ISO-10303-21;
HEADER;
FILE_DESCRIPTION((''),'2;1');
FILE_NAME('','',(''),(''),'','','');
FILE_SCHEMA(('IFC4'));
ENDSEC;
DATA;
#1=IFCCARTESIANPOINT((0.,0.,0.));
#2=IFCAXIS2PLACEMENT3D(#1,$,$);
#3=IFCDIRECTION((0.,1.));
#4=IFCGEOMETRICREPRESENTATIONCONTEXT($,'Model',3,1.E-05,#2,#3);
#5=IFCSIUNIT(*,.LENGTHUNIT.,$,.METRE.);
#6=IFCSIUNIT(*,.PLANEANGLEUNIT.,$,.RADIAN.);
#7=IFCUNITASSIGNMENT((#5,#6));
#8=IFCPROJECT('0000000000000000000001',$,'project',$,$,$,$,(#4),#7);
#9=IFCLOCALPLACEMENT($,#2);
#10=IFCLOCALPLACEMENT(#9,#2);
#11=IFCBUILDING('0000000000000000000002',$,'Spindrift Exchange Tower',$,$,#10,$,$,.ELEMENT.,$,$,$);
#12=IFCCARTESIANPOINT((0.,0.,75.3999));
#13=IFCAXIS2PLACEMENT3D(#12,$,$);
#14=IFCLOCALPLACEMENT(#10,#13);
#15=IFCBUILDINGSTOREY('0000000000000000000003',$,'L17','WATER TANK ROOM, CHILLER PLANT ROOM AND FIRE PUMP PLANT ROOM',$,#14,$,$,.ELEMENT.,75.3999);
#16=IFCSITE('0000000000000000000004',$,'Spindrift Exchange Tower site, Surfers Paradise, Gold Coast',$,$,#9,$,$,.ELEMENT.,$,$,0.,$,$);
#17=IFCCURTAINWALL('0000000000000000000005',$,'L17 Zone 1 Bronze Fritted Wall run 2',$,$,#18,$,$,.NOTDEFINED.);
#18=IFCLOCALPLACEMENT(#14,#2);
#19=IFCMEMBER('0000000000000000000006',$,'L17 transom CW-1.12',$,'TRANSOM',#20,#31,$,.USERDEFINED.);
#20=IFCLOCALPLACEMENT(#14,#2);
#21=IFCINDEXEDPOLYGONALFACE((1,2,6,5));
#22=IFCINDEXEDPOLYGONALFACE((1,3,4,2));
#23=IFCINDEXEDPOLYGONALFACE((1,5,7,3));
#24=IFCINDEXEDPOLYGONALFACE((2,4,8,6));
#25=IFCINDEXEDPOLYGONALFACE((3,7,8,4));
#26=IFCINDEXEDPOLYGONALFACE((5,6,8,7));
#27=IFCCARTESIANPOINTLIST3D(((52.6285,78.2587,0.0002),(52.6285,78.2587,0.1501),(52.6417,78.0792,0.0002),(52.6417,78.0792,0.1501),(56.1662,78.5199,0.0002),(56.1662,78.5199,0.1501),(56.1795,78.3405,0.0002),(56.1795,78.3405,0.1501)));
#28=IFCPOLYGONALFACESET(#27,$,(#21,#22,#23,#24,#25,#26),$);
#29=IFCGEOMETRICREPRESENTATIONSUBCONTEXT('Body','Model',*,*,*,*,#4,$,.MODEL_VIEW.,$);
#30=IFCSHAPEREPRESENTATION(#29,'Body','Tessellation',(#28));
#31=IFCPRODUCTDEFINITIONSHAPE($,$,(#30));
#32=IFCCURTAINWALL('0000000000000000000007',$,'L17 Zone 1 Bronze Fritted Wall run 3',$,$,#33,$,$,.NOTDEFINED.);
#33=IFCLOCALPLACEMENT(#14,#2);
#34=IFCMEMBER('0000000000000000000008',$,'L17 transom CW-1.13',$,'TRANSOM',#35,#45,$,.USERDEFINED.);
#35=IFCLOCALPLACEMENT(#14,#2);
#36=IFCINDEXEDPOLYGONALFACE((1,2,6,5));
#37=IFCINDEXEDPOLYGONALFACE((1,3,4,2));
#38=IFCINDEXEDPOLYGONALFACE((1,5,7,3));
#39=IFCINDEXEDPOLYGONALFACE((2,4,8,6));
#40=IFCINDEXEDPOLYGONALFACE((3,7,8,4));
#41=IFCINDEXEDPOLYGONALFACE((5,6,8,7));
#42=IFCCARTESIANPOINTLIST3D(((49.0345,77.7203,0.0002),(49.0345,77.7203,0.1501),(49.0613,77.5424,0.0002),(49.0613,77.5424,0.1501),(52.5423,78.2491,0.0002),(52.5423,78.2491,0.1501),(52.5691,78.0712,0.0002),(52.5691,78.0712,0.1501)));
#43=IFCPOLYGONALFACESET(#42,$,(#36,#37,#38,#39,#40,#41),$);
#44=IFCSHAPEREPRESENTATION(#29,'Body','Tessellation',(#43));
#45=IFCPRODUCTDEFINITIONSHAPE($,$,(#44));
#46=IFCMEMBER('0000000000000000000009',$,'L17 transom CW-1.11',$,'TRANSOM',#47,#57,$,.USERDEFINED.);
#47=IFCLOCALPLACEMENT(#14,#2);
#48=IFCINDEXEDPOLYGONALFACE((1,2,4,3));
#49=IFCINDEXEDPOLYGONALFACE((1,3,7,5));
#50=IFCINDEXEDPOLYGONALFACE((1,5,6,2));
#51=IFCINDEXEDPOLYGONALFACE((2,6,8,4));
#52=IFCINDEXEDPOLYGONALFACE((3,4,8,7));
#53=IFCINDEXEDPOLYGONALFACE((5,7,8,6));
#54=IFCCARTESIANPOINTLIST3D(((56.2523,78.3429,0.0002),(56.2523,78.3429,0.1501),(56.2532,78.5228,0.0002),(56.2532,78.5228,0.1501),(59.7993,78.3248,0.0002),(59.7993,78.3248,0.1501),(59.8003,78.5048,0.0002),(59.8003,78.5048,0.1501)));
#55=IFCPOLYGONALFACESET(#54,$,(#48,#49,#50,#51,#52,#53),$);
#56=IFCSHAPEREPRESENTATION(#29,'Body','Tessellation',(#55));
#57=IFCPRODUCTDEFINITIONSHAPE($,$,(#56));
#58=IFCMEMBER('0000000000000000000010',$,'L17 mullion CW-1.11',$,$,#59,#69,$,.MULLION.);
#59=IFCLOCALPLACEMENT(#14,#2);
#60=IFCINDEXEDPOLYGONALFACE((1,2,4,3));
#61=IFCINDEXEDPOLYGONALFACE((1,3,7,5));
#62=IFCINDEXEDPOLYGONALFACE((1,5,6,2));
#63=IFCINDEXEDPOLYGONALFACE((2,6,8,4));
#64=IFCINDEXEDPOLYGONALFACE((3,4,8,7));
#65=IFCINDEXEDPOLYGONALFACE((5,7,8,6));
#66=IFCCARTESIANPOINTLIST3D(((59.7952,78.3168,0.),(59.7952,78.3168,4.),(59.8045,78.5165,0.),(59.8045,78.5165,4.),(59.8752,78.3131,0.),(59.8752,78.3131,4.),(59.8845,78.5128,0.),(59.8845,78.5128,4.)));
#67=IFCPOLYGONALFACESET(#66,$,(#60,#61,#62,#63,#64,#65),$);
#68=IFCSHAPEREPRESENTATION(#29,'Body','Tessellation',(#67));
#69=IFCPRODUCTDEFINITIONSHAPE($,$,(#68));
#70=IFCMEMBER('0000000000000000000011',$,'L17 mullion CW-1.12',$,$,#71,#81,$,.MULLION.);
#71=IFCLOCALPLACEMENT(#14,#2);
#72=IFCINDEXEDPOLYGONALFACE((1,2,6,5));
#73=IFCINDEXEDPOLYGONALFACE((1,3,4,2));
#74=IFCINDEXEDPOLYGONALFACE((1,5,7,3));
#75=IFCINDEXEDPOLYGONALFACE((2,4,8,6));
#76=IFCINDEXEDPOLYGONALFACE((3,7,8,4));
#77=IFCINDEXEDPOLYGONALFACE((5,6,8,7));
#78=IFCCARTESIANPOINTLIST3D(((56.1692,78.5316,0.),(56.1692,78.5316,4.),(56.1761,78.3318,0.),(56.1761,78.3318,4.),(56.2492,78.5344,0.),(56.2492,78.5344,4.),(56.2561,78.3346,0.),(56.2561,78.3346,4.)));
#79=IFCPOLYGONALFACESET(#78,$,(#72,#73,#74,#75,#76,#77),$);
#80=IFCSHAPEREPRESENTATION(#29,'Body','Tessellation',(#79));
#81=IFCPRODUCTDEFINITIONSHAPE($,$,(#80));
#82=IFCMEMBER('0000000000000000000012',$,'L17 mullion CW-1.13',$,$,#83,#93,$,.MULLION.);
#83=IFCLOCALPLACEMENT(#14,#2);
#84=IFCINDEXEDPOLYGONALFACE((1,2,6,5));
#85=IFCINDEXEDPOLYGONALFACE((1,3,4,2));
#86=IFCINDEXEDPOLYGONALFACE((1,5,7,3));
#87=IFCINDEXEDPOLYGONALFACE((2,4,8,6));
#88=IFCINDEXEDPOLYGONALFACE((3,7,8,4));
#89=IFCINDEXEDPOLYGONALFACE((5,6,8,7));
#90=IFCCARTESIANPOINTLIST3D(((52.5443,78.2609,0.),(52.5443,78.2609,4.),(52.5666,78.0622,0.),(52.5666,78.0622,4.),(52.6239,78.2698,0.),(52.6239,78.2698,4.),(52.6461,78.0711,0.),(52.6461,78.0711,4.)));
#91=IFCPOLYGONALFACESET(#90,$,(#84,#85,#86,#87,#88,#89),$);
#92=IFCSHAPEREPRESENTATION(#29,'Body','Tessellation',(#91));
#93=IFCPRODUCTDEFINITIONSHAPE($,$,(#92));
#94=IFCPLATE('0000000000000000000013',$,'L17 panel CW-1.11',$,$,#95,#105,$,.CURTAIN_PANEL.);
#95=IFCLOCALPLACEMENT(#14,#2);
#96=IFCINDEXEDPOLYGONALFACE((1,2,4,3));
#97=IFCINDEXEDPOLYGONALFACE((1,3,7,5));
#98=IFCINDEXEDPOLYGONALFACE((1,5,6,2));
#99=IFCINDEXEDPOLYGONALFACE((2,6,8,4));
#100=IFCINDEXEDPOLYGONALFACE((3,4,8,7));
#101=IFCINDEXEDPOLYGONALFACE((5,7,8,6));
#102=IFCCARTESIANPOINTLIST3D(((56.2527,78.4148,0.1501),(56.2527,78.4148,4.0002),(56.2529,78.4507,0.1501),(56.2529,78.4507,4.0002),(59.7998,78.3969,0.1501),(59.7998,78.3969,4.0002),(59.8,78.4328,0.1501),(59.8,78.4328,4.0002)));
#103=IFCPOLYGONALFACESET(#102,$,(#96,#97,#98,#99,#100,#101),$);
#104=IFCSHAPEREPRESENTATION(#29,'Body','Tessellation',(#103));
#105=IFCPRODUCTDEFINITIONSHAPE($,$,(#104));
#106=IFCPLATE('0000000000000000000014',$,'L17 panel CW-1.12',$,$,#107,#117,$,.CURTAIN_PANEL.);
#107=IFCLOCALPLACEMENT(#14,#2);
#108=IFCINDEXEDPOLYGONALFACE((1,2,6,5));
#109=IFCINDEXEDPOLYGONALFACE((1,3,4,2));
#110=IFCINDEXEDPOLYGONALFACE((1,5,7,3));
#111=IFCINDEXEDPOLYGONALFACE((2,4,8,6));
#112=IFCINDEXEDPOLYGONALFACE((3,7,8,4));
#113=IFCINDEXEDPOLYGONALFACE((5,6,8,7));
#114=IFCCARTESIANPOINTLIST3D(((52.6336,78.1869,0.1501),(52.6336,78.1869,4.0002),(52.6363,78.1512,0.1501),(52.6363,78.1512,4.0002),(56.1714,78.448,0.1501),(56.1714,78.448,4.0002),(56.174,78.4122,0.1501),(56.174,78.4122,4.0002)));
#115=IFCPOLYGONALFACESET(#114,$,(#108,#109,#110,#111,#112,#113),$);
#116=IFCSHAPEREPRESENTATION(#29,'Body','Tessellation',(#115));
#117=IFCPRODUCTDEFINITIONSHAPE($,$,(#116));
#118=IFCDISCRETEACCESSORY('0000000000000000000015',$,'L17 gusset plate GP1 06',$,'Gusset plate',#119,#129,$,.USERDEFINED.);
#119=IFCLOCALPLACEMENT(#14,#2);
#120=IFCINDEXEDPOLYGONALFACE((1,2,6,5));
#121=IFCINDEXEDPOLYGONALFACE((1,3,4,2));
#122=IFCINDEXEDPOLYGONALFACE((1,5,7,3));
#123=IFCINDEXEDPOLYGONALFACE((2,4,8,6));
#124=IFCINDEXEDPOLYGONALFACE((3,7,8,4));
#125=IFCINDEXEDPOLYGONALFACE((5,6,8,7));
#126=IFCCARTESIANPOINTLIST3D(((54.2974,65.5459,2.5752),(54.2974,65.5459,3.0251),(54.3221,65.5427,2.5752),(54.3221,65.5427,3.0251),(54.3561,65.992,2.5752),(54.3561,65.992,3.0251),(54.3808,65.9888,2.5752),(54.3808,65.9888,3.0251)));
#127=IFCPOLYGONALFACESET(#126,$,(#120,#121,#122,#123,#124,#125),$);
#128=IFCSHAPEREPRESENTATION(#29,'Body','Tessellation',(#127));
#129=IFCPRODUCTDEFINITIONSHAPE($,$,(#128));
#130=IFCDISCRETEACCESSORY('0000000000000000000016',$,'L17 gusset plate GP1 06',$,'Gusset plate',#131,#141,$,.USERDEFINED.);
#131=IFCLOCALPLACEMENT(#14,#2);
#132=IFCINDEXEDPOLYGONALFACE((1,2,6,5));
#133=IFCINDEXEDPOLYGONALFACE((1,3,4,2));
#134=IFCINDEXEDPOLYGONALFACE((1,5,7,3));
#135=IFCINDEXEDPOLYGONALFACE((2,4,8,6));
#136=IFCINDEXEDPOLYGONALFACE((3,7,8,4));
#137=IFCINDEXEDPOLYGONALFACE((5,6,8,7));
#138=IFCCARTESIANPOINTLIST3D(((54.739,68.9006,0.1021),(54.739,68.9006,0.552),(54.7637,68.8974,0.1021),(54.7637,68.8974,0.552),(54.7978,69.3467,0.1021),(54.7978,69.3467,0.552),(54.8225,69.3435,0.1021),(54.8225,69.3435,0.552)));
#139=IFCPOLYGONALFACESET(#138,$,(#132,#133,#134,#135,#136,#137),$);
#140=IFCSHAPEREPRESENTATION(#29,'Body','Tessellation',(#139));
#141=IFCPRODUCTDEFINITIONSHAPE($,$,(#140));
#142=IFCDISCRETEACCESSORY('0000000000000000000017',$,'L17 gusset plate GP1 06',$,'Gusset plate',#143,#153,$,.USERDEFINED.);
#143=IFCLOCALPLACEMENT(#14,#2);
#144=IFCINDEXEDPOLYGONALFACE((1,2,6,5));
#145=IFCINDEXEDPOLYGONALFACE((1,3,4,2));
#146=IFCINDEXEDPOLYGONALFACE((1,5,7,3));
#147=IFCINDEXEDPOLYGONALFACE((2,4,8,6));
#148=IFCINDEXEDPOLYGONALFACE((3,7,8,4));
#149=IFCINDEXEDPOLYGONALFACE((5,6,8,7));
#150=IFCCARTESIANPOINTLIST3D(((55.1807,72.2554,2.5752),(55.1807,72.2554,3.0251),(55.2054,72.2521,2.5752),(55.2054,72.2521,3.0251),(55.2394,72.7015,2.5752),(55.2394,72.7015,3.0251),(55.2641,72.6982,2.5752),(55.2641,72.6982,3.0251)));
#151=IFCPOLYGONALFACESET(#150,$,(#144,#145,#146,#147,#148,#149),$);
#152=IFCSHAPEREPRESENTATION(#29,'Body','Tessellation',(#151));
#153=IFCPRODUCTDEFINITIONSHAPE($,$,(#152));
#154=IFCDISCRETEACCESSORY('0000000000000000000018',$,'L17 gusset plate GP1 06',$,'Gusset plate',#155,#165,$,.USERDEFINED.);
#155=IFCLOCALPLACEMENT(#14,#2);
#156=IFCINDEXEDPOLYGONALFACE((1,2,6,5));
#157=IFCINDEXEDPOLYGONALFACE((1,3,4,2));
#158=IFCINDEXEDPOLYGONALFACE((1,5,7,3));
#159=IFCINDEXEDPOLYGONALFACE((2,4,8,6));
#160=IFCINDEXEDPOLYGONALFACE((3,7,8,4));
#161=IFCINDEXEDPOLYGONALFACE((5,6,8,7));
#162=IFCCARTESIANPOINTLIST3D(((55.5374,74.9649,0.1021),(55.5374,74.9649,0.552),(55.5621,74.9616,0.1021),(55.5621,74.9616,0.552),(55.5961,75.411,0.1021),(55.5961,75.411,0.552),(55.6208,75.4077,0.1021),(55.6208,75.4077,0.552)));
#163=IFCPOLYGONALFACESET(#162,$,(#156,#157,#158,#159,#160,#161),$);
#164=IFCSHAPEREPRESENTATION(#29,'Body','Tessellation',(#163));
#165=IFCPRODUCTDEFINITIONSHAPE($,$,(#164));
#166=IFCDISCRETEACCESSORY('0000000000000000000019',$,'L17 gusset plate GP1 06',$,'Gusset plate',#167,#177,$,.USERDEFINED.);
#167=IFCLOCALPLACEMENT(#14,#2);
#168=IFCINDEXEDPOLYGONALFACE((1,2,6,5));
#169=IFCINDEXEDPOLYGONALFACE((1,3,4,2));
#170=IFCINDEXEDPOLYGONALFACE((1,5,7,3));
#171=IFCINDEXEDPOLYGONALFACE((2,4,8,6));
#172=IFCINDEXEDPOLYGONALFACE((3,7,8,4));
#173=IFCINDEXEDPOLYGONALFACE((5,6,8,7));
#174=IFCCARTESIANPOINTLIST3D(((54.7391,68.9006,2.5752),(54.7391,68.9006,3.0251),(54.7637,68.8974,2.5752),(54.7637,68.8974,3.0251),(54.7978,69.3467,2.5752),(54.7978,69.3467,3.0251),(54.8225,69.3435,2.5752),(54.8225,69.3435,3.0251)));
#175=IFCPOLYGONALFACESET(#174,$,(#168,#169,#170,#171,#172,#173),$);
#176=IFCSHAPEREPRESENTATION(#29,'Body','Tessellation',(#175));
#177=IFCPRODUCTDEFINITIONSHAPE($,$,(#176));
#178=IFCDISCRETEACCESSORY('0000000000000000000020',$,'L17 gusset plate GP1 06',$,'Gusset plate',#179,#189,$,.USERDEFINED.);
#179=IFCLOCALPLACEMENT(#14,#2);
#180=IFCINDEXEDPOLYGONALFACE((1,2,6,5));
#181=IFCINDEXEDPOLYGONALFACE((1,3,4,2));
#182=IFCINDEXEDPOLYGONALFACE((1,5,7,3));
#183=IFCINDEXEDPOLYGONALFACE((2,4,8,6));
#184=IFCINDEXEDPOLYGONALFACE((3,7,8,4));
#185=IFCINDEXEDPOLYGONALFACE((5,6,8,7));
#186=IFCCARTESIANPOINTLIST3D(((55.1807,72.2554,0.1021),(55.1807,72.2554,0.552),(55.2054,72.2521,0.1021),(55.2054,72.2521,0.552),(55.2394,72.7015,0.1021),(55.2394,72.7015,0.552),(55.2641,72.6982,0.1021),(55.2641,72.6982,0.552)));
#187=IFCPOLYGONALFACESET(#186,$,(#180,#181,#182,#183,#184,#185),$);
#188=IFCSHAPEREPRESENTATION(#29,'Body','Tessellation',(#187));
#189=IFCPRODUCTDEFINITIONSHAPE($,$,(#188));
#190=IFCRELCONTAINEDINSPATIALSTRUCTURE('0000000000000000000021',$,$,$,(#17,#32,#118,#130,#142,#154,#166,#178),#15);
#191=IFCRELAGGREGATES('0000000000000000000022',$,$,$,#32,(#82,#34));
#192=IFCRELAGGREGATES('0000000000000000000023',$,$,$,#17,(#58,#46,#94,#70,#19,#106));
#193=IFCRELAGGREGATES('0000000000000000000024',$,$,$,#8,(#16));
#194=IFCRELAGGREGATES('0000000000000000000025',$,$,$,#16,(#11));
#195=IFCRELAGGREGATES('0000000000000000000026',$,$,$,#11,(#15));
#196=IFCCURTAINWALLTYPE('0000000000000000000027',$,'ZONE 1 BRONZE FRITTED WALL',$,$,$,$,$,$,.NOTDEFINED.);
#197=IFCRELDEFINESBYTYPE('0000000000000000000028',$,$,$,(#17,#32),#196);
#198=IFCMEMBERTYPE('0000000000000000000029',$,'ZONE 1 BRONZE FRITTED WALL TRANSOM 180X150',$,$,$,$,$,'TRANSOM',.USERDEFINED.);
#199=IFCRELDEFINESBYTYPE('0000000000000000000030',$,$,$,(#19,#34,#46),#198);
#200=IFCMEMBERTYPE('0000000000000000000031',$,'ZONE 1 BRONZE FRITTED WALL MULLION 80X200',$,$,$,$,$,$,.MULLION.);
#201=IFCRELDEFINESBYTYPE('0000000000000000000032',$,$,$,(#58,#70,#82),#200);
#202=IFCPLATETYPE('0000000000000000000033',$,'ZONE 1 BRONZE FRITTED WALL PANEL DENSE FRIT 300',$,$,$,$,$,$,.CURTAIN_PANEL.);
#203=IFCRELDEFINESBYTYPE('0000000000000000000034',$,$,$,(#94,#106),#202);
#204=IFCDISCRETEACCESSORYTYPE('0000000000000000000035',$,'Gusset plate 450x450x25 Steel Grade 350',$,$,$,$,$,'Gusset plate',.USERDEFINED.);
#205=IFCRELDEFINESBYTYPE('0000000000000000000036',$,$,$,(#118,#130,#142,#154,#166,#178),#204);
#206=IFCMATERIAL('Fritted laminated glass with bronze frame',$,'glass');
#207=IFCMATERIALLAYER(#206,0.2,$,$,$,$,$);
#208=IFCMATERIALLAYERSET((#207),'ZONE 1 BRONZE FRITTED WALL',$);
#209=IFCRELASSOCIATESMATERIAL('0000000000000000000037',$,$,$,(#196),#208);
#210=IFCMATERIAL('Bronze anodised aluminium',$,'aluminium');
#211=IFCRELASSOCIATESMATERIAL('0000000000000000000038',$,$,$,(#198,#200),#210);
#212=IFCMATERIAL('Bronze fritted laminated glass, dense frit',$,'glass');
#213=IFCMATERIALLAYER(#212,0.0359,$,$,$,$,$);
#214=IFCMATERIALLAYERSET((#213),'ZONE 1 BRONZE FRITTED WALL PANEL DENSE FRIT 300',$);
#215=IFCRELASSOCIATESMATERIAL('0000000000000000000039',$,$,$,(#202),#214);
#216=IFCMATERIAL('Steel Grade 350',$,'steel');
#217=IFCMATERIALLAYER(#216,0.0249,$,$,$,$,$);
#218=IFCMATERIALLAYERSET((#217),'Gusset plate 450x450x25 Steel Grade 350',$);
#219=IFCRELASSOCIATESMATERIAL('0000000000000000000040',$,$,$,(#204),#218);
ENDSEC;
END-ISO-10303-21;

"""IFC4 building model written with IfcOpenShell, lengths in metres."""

from ifc_helpers import new_model, si_unit, direction, frame, origin, origin_2d, place, context, subcontext, project, spatial, rectangle, extrude, source, transform, mapped, material, layer, layer_set, material_profile, profile_set, type_object, element, aggregate, save


model = new_model("IFC4")

# Units and contexts
model_context = context("Model", 3, precision=1e-05, world=origin(), true_north=direction((0.0, 1.0)))
body_context = subcontext(model_context, "Body", "Model", "MODEL_VIEW")
ifc_project = project(units=[si_unit("LENGTHUNIT", "METRE"), si_unit("PLANEANGLEUNIT", "RADIAN")], contexts=[model_context])

# Site, building, storey
site_placement = place(None, origin())
site = spatial("IfcSite", under=ifc_project, at=site_placement, Name="Spindrift Exchange Tower site, Surfers Paradise, Gold Coast", CompositionType="ELEMENT", RefElevation=0.0)
building_placement = place(site_placement, origin())
building = spatial("IfcBuilding", under=site, at=building_placement, Name="Spindrift Exchange Tower", CompositionType="ELEMENT")
storey_placement = place(building_placement, frame((0.0, 0.0, 75.3999)))
storey = spatial("IfcBuildingStorey", under=building, at=storey_placement, Name="L17", Description="WATER TANK ROOM, CHILLER PLANT ROOM AND FIRE PUMP PLANT ROOM", CompositionType="ELEMENT", Elevation=75.3999)

# Shared definitions
ifc_material_1 = material(Name="Steel Grade 350", Category="steel")

# Curtain walls, members
ifc_material_2 = material(Name="Fritted laminated glass with bronze frame", Category="glass")
ifc_layer_1 = layer(ifc_material_2, 0.2)
ifc_layer_set_1 = layer_set([ifc_layer_1], Name="ZONE 1 BRONZE FRITTED WALL")
curtain_wall_type = type_object("IfcCurtainWallType", Name="ZONE 1 BRONZE FRITTED WALL", PredefinedType="NOTDEFINED", material=ifc_layer_set_1)
curtain_wall_1_placement = place(storey_placement, origin())
curtain_wall_1 = element("IfcCurtainWall", 1, at=curtain_wall_1_placement, inside=storey, type_object=curtain_wall_type, Name="L17 Zone 1 Bronze Fritted Wall run 2", PredefinedType="NOTDEFINED")
ifc_material_3 = material(Name="Bronze anodised aluminium", Category="aluminium")
ifc_material_profile_1 = material_profile(ifc_material_3, rectangle(XDim=0.1799, YDim=0.1499, at=origin_2d()), Name="ZONE 1 BRONZE FRITTED WALL TRANSOM 180X150")
ifc_profile_set_1 = profile_set([ifc_material_profile_1], Name="Bronze anodised aluminium")
member_type_1 = type_object("IfcMemberType", Name="ZONE 1 BRONZE FRITTED WALL TRANSOM 180X150", ElementType="TRANSOM", PredefinedType="USERDEFINED", material=ifc_profile_set_1)
shared_shape_1 = source(origin(), body_context, "Body", "SweptSolid", [
    extrude(rectangle(XDim=0.1799, YDim=0.1499, at=origin_2d()), origin(), (0.0, 0.0, 1.0), 3.5474),
])
member_1_placement = place(storey_placement, frame((56.1729, 78.4302, 0.0752), z_axis=(-0.997285, -0.073638, 0.0), x_axis=(0.073638, -0.997285, 0.0)))
member_1 = element("IfcMember", 2, at=member_1_placement, type_object=member_type_1, Name="L17 transom CW-1.12", ObjectType="TRANSOM", PredefinedType="USERDEFINED", context=body_context, shape_type="MappedRepresentation", body=[
    mapped(shared_shape_1, transform((0.0, 0.0, 0.0), scale=1.0)),
])
curtain_wall_2_placement = place(storey_placement, origin())
curtain_wall_2 = element("IfcCurtainWall", 3, at=curtain_wall_2_placement, inside=storey, type_object=curtain_wall_type, Name="L17 Zone 1 Bronze Fritted Wall run 3", PredefinedType="NOTDEFINED")
member_2_placement = place(storey_placement, frame((52.5557, 78.1602, 0.0752), z_axis=(-0.988827, -0.149067, 0.0), x_axis=(0.149067, -0.988827, 0.0)))
member_2 = element("IfcMember", 4, at=member_2_placement, type_object=member_type_1, Name="L17 transom CW-1.13", ObjectType="TRANSOM", PredefinedType="USERDEFINED", context=body_context, shape_type="MappedRepresentation", body=[
    mapped(shared_shape_1, transform((0.0, 0.0, 0.0), scale=1.0)),
])

# Members
shared_shape_2 = source(origin(), body_context, "Body", "SweptSolid", [
    extrude(rectangle(XDim=0.1799, YDim=0.1499, at=origin_2d()), origin(), (0.0, 0.0, 1.0), 3.5471),
])
member_3_placement = place(storey_placement, frame((59.7998, 78.4148, 0.0752), z_axis=(-0.999987, 0.005093, 0.0), x_axis=(-0.005093, -0.999987, 0.0)))
member_3 = element("IfcMember", 5, at=member_3_placement, type_object=member_type_1, Name="L17 transom CW-1.11", ObjectType="TRANSOM", PredefinedType="USERDEFINED", context=body_context, shape_type="MappedRepresentation", body=[
    mapped(shared_shape_2, transform((0.0, 0.0, 0.0), scale=1.0)),
])
ifc_material_profile_2 = material_profile(ifc_material_3, rectangle(XDim=0.0801, YDim=0.2, at=origin_2d()), Name="ZONE 1 BRONZE FRITTED WALL MULLION 80X200")
ifc_profile_set_2 = profile_set([ifc_material_profile_2], Name="Bronze anodised aluminium")
member_type_2 = type_object("IfcMemberType", Name="ZONE 1 BRONZE FRITTED WALL MULLION 80X200", PredefinedType="MULLION", material=ifc_profile_set_2)
shared_shape_3 = source(origin(), body_context, "Body", "SweptSolid", [
    extrude(rectangle(XDim=0.0801, YDim=0.2, at=origin_2d()), origin(), (0.0, 0.0, 1.0), 4.0),
])
member_4_placement = place(storey_placement, frame((59.8398, 78.4148, 0.0), z_axis=(0.0, 0.0, 1.0), x_axis=(-0.998931, 0.046232, 0.0)))
member_4 = element("IfcMember", 6, at=member_4_placement, type_object=member_type_2, Name="L17 mullion CW-1.11", PredefinedType="MULLION", context=body_context, shape_type="MappedRepresentation", body=[
    mapped(shared_shape_3, transform((0.0, 0.0, 0.0), scale=1.0)),
])
member_5_placement = place(storey_placement, frame((56.2126, 78.4331, 0.0), z_axis=(0.0, 0.0, 1.0), x_axis=(-0.999412, -0.034294, 0.0)))
member_5 = element("IfcMember", 7, at=member_5_placement, type_object=member_type_2, Name="L17 mullion CW-1.12", PredefinedType="MULLION", context=body_context, shape_type="MappedRepresentation", body=[
    mapped(shared_shape_3, transform((0.0, 0.0, 0.0), scale=1.0)),
])
member_6_placement = place(storey_placement, frame((52.5952, 78.166, 0.0), z_axis=(0.0, 0.0, 1.0), x_axis=(-0.993777, -0.111388, 0.0)))
member_6 = element("IfcMember", 8, at=member_6_placement, type_object=member_type_2, Name="L17 mullion CW-1.13", PredefinedType="MULLION", context=body_context, shape_type="MappedRepresentation", body=[
    mapped(shared_shape_3, transform((0.0, 0.0, 0.0), scale=1.0)),
])
aggregate(curtain_wall_2, [member_6, member_2])

# Plates
ifc_material_4 = material(Name="Bronze fritted laminated glass, dense frit", Category="glass")
ifc_layer_2 = layer(ifc_material_4, 0.0359)
ifc_layer_set_2 = layer_set([ifc_layer_2], Name="ZONE 1 BRONZE FRITTED WALL PANEL DENSE FRIT 300")
plate_type = type_object("IfcPlateType", Name="ZONE 1 BRONZE FRITTED WALL PANEL DENSE FRIT 300", PredefinedType="CURTAIN_PANEL", material=ifc_layer_set_2)
shared_shape_4 = source(origin(), body_context, "Body", "SweptSolid", [
    extrude(rectangle(XDim=3.5471, YDim=0.0359, at=origin_2d()), origin(), (0.0, 0.0, 1.0), 3.8501),
])
plate_1_placement = place(storey_placement, frame((58.0264, 78.4238, 0.1501), z_axis=(0.0, 0.0, 1.0), x_axis=(-0.999987, 0.005046, 0.0)))
plate_1 = element("IfcPlate", 9, at=plate_1_placement, type_object=plate_type, Name="L17 panel CW-1.11", PredefinedType="CURTAIN_PANEL", context=body_context, shape_type="MappedRepresentation", body=[
    mapped(shared_shape_4, transform((0.0, 0.0, 0.0), scale=1.0)),
])
shared_shape_5 = source(origin(), body_context, "Body", "SweptSolid", [
    extrude(rectangle(XDim=3.5474, YDim=0.0359, at=origin_2d()), origin(), (0.0, 0.0, 1.0), 3.8501),
])
plate_2_placement = place(storey_placement, frame((54.4038, 78.2996, 0.1501), z_axis=(0.0, 0.0, 1.0), x_axis=(-0.997289, -0.073581, 0.0)))
plate_2 = element("IfcPlate", 10, at=plate_2_placement, type_object=plate_type, Name="L17 panel CW-1.12", PredefinedType="CURTAIN_PANEL", context=body_context, shape_type="MappedRepresentation", body=[
    mapped(shared_shape_5, transform((0.0, 0.0, 0.0), scale=1.0)),
])
aggregate(curtain_wall_1, [member_4, member_3, plate_1, member_5, member_1, plate_2])

# Discrete accessories
ifc_layer_3 = layer(ifc_material_1, 0.0249)
ifc_layer_set_3 = layer_set([ifc_layer_3], Name="Gusset plate 450x450x25 Steel Grade 350")
discrete_accessory_type_1 = type_object("IfcDiscreteAccessoryType", Name="Gusset plate 450x450x25 Steel Grade 350", ElementType="Gusset plate", PredefinedType="USERDEFINED", material=ifc_layer_set_3)
shared_shape_6 = source(origin(), body_context, "Body", "SweptSolid", [
    extrude(rectangle(XDim=0.45, YDim=0.0249, at=origin_2d()), origin(), (0.0, 0.0, 1.0), 0.45),
])
for number, where, z_axis, x_axis, name in (
    (11, (54.3391, 65.7673, 2.5752), (0.0, 0.0, 1.0), (0.13054, 0.991443, 0.0), "L17 gusset plate GP1 06"),
    (12, (54.7808, 69.1221, 0.1021), (0.0, 0.0, 1.0), (0.13054, 0.991443, 0.0), "L17 gusset plate GP1 06"),
    (13, (55.2224, 72.4768, 2.5752), (0.0, 0.0, 1.0), (0.130507, 0.991447, 0.0), "L17 gusset plate GP1 06"),
    (14, (55.5791, 75.1863, 0.1021), (0.0, 0.0, 1.0), (0.130552, 0.991441, 0.0), "L17 gusset plate GP1 06"),
    (15, (54.7808, 69.1221, 2.5752), (0.0, 0.0, 1.0), (0.130526, 0.991445, 0.0), "L17 gusset plate GP1 06"),
    (16, (55.2224, 72.4768, 0.1021), (0.0, 0.0, 1.0), (0.130526, 0.991445, 0.0), "L17 gusset plate GP1 06"),
):
    element("IfcDiscreteAccessory", number, at=place(storey_placement, frame(where, z_axis=z_axis, x_axis=x_axis)), inside=storey, type_object=discrete_accessory_type_1, Name=name, ObjectType="Gusset plate", PredefinedType="USERDEFINED", context=body_context, shape_type="MappedRepresentation", body=[
        mapped(shared_shape_6, transform((0.0, 0.0, 0.0), scale=1.0)),
    ])

save(model, "model.ifc")
